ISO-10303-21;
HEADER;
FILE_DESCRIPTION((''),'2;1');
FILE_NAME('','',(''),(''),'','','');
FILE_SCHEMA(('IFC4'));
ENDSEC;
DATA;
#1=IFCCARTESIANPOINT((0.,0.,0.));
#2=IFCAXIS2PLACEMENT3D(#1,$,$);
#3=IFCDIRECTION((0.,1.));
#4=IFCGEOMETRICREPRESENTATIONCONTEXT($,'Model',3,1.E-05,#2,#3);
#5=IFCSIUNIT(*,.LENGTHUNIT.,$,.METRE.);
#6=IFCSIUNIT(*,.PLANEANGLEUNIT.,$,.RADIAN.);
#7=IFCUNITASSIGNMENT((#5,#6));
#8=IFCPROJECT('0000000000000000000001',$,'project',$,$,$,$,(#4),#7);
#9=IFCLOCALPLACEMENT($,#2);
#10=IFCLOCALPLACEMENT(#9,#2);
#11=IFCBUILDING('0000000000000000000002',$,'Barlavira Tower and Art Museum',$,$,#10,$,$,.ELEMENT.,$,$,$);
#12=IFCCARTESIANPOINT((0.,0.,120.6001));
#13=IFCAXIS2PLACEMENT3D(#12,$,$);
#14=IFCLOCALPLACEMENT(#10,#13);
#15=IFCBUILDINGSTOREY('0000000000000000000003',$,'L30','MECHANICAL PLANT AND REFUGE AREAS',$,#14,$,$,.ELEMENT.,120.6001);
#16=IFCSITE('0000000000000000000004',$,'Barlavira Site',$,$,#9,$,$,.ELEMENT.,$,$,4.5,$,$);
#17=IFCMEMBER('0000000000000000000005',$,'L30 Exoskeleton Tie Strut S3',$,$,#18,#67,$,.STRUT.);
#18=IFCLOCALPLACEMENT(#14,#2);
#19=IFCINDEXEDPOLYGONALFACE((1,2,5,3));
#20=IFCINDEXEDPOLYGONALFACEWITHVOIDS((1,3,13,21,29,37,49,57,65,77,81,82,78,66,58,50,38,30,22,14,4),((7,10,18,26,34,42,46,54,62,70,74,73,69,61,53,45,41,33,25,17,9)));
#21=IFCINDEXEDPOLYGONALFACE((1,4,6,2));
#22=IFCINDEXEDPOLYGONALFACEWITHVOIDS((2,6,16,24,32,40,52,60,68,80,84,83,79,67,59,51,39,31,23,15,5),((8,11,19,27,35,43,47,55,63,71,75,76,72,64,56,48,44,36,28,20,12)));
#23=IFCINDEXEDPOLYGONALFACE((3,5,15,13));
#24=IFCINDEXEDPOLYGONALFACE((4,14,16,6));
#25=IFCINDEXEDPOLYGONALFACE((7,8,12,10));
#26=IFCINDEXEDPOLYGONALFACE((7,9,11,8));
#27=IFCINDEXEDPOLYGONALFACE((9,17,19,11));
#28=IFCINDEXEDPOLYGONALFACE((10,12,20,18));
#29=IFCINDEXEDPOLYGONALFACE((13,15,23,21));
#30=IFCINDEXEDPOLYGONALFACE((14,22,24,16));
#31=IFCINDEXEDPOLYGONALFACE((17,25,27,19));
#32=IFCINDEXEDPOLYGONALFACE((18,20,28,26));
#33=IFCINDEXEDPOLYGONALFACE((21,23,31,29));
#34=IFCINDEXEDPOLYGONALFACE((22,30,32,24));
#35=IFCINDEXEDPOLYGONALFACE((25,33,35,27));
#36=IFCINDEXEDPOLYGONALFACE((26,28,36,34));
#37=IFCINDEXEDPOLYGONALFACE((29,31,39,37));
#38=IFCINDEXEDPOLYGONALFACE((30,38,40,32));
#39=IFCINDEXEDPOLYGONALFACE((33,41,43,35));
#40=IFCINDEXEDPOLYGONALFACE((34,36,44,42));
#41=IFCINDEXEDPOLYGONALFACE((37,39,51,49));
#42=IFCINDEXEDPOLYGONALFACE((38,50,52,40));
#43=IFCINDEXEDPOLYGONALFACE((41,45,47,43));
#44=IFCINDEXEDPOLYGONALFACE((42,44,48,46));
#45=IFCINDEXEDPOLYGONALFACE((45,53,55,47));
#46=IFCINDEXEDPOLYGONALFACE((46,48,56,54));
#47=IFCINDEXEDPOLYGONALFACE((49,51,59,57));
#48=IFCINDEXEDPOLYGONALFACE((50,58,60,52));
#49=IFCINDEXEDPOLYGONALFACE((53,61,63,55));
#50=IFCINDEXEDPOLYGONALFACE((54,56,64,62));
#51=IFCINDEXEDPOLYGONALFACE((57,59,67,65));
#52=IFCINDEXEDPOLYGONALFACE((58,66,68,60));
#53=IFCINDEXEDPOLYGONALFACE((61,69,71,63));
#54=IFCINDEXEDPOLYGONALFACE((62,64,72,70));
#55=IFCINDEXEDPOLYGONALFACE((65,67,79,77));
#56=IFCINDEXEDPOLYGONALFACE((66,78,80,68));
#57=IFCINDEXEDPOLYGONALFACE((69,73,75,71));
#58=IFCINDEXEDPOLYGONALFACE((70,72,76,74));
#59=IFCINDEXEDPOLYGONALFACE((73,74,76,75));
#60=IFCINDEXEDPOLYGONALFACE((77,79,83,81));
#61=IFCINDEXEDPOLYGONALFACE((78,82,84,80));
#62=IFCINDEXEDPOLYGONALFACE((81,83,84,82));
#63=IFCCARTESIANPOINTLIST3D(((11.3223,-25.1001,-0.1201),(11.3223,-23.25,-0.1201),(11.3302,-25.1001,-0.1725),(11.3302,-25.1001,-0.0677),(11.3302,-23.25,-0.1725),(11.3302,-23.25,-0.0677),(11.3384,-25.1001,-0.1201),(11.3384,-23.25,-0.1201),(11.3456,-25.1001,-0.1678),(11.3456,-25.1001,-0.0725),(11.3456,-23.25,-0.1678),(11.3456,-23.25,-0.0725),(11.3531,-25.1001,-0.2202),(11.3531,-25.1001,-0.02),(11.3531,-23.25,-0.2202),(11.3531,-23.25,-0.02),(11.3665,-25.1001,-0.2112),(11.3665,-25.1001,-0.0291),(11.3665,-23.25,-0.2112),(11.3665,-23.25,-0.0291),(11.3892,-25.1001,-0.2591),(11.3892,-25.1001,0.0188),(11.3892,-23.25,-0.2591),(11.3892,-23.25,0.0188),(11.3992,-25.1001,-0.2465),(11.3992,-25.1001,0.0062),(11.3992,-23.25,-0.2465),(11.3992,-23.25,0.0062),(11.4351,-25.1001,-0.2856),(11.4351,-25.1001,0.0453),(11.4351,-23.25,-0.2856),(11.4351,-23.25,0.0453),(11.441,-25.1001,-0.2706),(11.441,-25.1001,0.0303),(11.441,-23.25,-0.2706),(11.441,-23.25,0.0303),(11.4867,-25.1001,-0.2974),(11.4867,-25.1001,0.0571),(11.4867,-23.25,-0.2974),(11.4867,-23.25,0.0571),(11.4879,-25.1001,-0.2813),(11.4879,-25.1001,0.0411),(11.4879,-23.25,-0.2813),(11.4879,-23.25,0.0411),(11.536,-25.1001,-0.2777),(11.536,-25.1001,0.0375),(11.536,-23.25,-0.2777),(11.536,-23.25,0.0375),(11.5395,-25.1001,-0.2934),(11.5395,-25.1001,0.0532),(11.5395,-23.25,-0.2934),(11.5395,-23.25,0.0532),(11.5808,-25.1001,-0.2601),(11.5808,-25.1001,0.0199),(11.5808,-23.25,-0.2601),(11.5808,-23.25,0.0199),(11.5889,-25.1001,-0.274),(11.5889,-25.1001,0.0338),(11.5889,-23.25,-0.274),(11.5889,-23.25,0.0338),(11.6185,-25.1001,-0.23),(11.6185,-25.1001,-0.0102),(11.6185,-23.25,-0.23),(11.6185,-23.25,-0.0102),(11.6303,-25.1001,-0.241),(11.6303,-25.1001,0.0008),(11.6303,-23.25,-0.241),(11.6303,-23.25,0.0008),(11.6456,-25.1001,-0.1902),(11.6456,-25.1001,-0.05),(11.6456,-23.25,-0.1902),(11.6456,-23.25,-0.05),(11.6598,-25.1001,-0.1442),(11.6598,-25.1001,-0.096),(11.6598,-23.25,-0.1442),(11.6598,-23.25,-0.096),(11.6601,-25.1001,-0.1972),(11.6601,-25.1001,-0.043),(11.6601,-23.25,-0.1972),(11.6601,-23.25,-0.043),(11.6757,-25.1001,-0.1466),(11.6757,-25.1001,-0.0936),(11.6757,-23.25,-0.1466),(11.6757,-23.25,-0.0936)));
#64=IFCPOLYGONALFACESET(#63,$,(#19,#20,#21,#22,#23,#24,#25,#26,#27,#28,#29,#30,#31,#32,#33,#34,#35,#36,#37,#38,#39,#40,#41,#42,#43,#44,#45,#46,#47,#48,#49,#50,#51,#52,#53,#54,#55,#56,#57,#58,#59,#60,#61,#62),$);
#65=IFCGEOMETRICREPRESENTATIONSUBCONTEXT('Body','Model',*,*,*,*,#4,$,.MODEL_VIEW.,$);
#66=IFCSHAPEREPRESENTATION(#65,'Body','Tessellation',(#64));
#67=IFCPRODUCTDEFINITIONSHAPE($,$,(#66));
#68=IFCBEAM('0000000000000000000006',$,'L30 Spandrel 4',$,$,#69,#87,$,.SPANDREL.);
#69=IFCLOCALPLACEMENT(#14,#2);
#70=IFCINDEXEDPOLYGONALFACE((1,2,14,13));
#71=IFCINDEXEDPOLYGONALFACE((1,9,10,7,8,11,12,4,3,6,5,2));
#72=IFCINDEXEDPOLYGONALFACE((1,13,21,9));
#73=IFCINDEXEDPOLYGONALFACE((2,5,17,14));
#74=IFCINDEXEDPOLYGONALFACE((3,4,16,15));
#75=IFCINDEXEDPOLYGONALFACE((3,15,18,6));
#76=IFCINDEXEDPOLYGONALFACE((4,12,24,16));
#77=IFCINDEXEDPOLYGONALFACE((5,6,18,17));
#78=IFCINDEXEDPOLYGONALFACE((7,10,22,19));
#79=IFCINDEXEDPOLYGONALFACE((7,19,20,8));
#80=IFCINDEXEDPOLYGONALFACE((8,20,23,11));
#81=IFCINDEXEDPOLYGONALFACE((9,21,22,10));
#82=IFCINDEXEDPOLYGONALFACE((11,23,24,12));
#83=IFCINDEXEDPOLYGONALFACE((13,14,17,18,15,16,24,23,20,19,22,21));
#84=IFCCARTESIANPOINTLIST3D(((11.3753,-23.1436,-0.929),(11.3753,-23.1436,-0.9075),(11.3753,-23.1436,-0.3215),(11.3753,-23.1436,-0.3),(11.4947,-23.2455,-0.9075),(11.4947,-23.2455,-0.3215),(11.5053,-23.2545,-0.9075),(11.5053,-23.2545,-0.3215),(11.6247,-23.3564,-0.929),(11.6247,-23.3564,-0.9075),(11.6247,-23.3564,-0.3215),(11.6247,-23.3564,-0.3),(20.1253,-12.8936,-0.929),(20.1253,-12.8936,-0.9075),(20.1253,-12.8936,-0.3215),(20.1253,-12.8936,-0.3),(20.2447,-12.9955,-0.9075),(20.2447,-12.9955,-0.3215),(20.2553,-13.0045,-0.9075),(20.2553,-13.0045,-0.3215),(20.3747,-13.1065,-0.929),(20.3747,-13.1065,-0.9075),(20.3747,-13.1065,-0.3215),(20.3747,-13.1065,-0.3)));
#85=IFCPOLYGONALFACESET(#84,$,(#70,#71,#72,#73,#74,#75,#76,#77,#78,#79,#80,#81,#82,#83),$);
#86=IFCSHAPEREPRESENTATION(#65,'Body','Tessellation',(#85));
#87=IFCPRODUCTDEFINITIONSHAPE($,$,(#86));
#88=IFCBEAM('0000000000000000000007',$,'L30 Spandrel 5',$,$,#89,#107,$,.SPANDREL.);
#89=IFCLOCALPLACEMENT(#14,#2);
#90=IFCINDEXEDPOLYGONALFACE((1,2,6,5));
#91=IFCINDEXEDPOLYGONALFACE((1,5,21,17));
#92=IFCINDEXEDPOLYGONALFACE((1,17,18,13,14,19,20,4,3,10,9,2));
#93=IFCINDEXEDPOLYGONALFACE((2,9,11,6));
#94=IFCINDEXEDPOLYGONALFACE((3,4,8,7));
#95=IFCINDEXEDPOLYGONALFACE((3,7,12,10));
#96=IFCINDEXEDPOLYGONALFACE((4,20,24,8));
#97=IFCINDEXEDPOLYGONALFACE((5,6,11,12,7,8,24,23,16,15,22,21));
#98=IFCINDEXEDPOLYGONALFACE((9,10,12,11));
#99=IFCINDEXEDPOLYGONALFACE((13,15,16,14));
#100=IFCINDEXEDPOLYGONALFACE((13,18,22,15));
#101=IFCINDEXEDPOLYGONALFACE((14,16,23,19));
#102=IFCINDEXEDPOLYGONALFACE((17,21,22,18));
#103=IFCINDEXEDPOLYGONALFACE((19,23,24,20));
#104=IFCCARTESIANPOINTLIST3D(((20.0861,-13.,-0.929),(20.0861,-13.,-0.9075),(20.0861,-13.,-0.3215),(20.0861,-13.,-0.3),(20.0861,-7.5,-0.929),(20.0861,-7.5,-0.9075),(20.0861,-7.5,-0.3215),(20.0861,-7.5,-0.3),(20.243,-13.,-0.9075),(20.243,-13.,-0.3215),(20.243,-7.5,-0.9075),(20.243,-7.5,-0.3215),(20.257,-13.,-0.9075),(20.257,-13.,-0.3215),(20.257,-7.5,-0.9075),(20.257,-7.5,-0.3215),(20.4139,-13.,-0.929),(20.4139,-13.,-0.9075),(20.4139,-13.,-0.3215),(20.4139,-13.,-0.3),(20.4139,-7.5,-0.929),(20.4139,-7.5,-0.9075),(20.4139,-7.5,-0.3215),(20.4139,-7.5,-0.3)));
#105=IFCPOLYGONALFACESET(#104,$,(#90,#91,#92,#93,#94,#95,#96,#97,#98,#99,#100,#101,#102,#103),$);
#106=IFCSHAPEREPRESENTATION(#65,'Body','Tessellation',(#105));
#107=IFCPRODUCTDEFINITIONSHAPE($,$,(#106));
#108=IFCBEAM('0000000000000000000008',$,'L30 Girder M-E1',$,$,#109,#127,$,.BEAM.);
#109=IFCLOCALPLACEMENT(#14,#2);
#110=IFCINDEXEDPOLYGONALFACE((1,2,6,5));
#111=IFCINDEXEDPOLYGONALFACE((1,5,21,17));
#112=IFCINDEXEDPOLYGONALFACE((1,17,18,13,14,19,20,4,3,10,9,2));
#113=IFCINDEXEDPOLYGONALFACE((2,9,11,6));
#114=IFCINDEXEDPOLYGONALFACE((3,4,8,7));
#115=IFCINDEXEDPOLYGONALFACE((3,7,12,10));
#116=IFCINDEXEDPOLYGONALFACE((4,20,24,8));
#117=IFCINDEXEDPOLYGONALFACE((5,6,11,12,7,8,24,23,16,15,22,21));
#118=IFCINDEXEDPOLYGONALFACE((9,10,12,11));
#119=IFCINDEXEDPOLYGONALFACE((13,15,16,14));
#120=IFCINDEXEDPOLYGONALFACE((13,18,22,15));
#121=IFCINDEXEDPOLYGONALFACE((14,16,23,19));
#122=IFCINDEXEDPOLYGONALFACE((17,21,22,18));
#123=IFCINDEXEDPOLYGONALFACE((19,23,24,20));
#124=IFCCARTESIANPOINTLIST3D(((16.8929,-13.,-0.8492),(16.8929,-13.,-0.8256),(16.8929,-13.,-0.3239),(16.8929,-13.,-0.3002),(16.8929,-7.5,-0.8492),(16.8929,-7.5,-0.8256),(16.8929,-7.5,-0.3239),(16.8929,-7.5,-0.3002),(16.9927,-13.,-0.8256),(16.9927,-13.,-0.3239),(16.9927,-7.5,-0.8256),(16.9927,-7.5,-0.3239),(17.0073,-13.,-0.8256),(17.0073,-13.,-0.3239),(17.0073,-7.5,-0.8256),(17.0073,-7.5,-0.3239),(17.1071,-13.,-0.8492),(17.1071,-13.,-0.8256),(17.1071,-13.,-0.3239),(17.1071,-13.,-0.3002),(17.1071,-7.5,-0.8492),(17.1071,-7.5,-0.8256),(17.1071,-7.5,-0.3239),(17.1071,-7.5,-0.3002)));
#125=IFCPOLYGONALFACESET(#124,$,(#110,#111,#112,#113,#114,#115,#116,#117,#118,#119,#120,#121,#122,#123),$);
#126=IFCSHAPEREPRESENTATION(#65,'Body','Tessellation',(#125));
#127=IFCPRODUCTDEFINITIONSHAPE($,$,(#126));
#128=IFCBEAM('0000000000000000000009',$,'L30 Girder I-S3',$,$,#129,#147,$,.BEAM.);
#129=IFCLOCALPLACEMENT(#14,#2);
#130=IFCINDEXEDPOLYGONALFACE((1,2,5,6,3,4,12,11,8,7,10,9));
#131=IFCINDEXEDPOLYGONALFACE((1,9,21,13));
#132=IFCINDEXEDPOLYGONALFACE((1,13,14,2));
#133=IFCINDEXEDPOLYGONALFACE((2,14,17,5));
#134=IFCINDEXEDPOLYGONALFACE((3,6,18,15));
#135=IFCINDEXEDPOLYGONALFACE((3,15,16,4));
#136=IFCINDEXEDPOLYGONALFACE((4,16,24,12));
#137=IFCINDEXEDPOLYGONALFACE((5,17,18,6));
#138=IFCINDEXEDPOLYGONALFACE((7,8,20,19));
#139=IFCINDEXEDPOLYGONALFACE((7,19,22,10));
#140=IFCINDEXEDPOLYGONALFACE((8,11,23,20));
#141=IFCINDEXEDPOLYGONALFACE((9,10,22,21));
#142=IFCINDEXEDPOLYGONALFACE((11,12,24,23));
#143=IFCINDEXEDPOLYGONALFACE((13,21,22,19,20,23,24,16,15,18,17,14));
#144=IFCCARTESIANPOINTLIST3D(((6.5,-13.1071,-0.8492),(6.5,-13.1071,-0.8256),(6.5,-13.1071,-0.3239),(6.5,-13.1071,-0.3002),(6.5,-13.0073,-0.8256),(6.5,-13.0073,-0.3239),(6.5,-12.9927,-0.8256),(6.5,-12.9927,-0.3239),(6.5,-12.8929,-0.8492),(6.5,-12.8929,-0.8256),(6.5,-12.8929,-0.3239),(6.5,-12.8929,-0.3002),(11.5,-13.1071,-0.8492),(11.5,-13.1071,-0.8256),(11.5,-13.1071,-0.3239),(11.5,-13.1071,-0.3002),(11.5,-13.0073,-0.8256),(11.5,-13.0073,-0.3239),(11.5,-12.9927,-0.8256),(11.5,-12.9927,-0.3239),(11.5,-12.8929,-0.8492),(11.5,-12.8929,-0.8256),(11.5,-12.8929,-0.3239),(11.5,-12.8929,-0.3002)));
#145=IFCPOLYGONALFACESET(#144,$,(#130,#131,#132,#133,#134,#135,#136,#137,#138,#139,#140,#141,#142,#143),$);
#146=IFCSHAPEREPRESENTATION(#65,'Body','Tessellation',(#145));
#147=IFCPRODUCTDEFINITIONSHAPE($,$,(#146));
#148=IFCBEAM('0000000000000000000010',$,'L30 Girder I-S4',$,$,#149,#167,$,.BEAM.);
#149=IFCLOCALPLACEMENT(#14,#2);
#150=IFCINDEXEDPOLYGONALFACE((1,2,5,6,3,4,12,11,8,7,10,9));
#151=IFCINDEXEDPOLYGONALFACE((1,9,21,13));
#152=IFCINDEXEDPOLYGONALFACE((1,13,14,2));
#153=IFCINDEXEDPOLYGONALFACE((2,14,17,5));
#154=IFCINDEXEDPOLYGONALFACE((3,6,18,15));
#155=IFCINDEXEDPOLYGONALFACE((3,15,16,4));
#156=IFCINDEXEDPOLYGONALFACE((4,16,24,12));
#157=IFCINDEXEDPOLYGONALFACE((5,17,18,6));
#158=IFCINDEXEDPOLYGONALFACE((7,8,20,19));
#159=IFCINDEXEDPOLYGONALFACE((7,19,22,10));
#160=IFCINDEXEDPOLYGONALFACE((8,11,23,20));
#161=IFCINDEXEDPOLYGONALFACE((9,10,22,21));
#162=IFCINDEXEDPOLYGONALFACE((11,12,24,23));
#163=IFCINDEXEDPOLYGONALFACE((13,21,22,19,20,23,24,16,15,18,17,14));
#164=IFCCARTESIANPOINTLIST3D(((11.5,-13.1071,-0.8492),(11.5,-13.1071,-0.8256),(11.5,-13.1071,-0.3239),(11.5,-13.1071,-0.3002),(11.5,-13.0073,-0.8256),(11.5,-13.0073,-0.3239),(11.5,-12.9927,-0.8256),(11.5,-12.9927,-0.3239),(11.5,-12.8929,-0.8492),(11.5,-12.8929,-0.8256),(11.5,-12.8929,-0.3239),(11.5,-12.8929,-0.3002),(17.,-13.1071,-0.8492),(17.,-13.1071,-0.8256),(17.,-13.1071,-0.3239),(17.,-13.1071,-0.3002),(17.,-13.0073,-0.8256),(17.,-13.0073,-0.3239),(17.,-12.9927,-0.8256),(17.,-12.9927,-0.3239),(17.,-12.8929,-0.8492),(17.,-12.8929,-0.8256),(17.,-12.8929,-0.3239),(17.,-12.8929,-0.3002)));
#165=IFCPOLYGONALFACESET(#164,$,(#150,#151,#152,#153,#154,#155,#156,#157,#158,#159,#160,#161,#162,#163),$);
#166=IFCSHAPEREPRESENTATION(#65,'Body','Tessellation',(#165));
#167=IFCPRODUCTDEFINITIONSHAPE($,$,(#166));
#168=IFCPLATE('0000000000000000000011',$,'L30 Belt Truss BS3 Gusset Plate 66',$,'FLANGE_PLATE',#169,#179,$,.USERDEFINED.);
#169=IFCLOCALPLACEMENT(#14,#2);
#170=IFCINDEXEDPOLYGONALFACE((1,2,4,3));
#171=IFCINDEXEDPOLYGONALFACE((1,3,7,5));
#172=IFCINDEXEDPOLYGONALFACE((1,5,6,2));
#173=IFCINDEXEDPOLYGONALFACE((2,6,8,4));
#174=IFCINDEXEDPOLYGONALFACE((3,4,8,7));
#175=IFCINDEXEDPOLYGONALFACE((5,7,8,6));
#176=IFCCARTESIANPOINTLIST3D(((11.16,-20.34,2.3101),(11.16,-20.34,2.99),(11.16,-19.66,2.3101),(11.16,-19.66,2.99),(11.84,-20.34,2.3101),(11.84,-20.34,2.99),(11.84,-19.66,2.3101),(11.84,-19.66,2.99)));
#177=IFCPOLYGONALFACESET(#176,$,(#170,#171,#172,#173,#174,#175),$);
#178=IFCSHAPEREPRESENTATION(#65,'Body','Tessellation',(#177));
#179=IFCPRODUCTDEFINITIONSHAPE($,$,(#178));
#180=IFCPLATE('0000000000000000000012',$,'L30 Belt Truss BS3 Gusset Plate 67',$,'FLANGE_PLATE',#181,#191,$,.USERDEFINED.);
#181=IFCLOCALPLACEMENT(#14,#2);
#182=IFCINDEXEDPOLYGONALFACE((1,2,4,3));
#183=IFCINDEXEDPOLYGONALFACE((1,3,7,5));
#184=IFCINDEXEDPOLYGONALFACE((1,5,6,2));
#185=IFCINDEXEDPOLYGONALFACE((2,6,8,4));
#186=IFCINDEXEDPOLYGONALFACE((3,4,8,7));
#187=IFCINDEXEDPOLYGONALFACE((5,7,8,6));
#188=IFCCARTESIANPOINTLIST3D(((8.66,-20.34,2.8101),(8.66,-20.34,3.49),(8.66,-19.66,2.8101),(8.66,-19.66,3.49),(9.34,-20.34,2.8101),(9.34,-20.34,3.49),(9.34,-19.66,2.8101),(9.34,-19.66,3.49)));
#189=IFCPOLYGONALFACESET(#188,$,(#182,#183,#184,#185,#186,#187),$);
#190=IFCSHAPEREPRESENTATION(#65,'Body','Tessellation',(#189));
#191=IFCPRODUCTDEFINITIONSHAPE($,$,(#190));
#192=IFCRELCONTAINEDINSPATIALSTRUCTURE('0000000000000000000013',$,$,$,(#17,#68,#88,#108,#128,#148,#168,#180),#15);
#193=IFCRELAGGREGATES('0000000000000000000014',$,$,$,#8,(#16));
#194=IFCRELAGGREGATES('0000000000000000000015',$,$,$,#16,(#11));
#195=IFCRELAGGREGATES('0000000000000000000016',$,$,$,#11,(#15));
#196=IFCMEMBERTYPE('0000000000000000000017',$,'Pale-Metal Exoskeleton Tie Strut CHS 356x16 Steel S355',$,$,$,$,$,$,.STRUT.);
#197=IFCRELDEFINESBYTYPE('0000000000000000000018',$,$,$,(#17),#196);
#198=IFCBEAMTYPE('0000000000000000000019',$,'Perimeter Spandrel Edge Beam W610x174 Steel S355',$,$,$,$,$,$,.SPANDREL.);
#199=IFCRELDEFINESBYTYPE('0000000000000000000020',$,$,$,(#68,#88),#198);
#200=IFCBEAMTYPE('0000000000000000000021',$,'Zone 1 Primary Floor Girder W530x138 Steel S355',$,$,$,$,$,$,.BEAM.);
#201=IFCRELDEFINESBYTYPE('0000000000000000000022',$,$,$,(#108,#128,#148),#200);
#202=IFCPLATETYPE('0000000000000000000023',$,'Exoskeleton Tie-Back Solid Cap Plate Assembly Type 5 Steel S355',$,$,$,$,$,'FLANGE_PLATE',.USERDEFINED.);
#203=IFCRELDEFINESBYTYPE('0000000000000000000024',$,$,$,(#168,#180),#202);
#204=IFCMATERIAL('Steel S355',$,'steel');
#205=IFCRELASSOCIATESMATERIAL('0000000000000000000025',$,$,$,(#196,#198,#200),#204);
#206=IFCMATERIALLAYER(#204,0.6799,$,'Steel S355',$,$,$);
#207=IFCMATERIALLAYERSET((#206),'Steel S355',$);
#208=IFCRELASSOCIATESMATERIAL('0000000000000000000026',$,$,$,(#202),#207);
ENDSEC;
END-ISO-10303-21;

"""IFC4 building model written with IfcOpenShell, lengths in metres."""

from ifc_helpers import new_model, si_unit, direction, frame, origin, origin_2d, place, context, subcontext, project, spatial, rectangle, hollow_circle, i_section, extrude, material, layer, layer_set, material_profile, profile_set, type_object, element, save


model = new_model("IFC4")

# Units and contexts
model_context = context("Model", 3, precision=1e-05, world=origin(), true_north=direction((0.0, 1.0)))
body_context = subcontext(model_context, "Body", "Model", "MODEL_VIEW")
ifc_project = project(units=[si_unit("LENGTHUNIT", "METRE"), si_unit("PLANEANGLEUNIT", "RADIAN")], contexts=[model_context])

# Site, building, storey
site_placement = place(None, origin())
site = spatial("IfcSite", under=ifc_project, at=site_placement, Name="Barlavira Site", CompositionType="ELEMENT", RefElevation=4.5)
building_placement = place(site_placement, origin())
building = spatial("IfcBuilding", under=site, at=building_placement, Name="Barlavira Tower and Art Museum", CompositionType="ELEMENT")
storey_placement = place(building_placement, frame((0.0, 0.0, 120.6001)))
storey = spatial("IfcBuildingStorey", under=building, at=storey_placement, Name="L30", Description="MECHANICAL PLANT AND REFUGE AREAS", CompositionType="ELEMENT", Elevation=120.6001)

# Member
ifc_material_1 = material(Name="Steel S355", Category="steel")
ifc_material_profile_1 = material_profile(ifc_material_1, hollow_circle(Radius=0.1777, WallThickness=0.0161, at=origin_2d()), Name="CHS 355.6x16.0")
ifc_profile_set_1 = profile_set([ifc_material_profile_1], Name="Steel S355")
member_type_1 = type_object("IfcMemberType", Name="Pale-Metal Exoskeleton Tie Strut CHS 356x16 Steel S355", PredefinedType="STRUT", material=ifc_profile_set_1)
member_1_placement = place(storey_placement, frame((11.5, -25.1001, -0.1201), z_axis=(0.0, 1.0, 0.0), x_axis=(-1.0, 0.0, 0.0)))
element("IfcMember", 1, at=member_1_placement, inside=storey, type_object=member_type_1, Name="L30 Exoskeleton Tie Strut S3", PredefinedType="STRUT", context=body_context, shape_type="SweptSolid", body=[
    extrude(hollow_circle(Radius=0.1777, WallThickness=0.0161, at=origin_2d()), origin(), (0.0, 0.0, 1.0), 1.8501),
])

# Beams
ifc_material_profile_2 = material_profile(ifc_material_1, i_section(OverallWidth=0.3279, OverallDepth=0.6289, WebThickness=0.0139, FlangeThickness=0.0215, at=origin_2d()), Name="W610x174.0")
ifc_profile_set_2 = profile_set([ifc_material_profile_2], Name="Steel S355")
beam_type_1 = type_object("IfcBeamType", Name="Perimeter Spandrel Edge Beam W610x174 Steel S355", PredefinedType="SPANDREL", material=ifc_profile_set_2)
beam_1_placement = place(storey_placement, frame((11.5, -23.25, -0.6145), z_axis=(0.649262, 0.760565, 0.0), x_axis=(-0.760565, 0.649262, 0.0)))
element("IfcBeam", 2, at=beam_1_placement, inside=storey, type_object=beam_type_1, Name="L30 Spandrel 4", PredefinedType="SPANDREL", context=body_context, shape_type="SweptSolid", body=[
    extrude(i_section(OverallWidth=0.3279, OverallDepth=0.6289, WebThickness=0.0139, FlangeThickness=0.0215, at=origin_2d()), origin(), (0.0, 0.0, 1.0), 13.4768),
])
beam_2_placement = place(storey_placement, frame((20.25, -13.0, -0.6145), z_axis=(0.0, 1.0, 0.0), x_axis=(-1.0, 0.0, 0.0)))
element("IfcBeam", 3, at=beam_2_placement, inside=storey, type_object=beam_type_1, Name="L30 Spandrel 5", PredefinedType="SPANDREL", context=body_context, shape_type="SweptSolid", body=[
    extrude(i_section(OverallWidth=0.3279, OverallDepth=0.6289, WebThickness=0.0139, FlangeThickness=0.0215, at=origin_2d()), origin(), (0.0, 0.0, 1.0), 5.5),
])
ifc_material_profile_3 = material_profile(ifc_material_1, i_section(OverallWidth=0.2141, OverallDepth=0.5491, WebThickness=0.0146, FlangeThickness=0.0237, at=origin_2d()), Name="W530x138.0")
ifc_profile_set_3 = profile_set([ifc_material_profile_3], Name="Steel S355")
beam_type_2 = type_object("IfcBeamType", Name="Zone 1 Primary Floor Girder W530x138 Steel S355", PredefinedType="BEAM", material=ifc_profile_set_3)
beam_3_placement = place(storey_placement, frame((17.0, -13.0, -0.5747), z_axis=(0.0, 1.0, 0.0), x_axis=(-1.0, 0.0, 0.0)))
element("IfcBeam", 4, at=beam_3_placement, inside=storey, type_object=beam_type_2, Name="L30 Girder M-E1", PredefinedType="BEAM", context=body_context, shape_type="SweptSolid", body=[
    extrude(i_section(OverallWidth=0.2141, OverallDepth=0.5491, WebThickness=0.0146, FlangeThickness=0.0237, at=origin_2d()), origin(), (0.0, 0.0, 1.0), 5.5),
])
beam_4_placement = place(storey_placement, frame((6.5, -13.0, -0.5747), z_axis=(1.0, 0.0, 0.0), x_axis=(0.0, 1.0, 0.0)))
element("IfcBeam", 5, at=beam_4_placement, inside=storey, type_object=beam_type_2, Name="L30 Girder I-S3", PredefinedType="BEAM", context=body_context, shape_type="SweptSolid", body=[
    extrude(i_section(OverallWidth=0.2141, OverallDepth=0.5491, WebThickness=0.0146, FlangeThickness=0.0237, at=origin_2d()), origin(), (0.0, 0.0, 1.0), 5.0),
])
beam_5_placement = place(storey_placement, frame((11.5, -13.0, -0.5747), z_axis=(1.0, 0.0, 0.0), x_axis=(0.0, 1.0, 0.0)))
element("IfcBeam", 6, at=beam_5_placement, inside=storey, type_object=beam_type_2, Name="L30 Girder I-S4", PredefinedType="BEAM", context=body_context, shape_type="SweptSolid", body=[
    extrude(i_section(OverallWidth=0.2141, OverallDepth=0.5491, WebThickness=0.0146, FlangeThickness=0.0237, at=origin_2d()), origin(), (0.0, 0.0, 1.0), 5.5),
])

# Plates
ifc_layer_1 = layer(ifc_material_1, 0.6799, Name="Steel S355")
ifc_layer_set_1 = layer_set([ifc_layer_1], Name="Steel S355")
plate_type = type_object("IfcPlateType", Name="Exoskeleton Tie-Back Solid Cap Plate Assembly Type 5 Steel S355", ElementType="FLANGE_PLATE", PredefinedType="USERDEFINED", material=ifc_layer_set_1)
for number, where, z_axis, x_axis, name in (
    (7, (11.5, -20.0, 2.3101), (0.0, 0.0, 1.0), (1.0, 0.0, 0.0), "L30 Belt Truss BS3 Gusset Plate 66"),
    (8, (9.0, -20.0, 2.8101), (0.0, 0.0, 1.0), (1.0, 0.0, 0.0), "L30 Belt Truss BS3 Gusset Plate 67"),
):
    element("IfcPlate", number, at=place(storey_placement, frame(where, z_axis=z_axis, x_axis=x_axis)), inside=storey, type_object=plate_type, Name=name, ObjectType="FLANGE_PLATE", PredefinedType="USERDEFINED", context=body_context, shape_type="SweptSolid", body=[
        extrude(rectangle(XDim=0.6799, YDim=0.6799, at=origin_2d()), origin(), (0.0, 0.0, 1.0), 0.6799),
    ])

save(model, "model.ifc")
